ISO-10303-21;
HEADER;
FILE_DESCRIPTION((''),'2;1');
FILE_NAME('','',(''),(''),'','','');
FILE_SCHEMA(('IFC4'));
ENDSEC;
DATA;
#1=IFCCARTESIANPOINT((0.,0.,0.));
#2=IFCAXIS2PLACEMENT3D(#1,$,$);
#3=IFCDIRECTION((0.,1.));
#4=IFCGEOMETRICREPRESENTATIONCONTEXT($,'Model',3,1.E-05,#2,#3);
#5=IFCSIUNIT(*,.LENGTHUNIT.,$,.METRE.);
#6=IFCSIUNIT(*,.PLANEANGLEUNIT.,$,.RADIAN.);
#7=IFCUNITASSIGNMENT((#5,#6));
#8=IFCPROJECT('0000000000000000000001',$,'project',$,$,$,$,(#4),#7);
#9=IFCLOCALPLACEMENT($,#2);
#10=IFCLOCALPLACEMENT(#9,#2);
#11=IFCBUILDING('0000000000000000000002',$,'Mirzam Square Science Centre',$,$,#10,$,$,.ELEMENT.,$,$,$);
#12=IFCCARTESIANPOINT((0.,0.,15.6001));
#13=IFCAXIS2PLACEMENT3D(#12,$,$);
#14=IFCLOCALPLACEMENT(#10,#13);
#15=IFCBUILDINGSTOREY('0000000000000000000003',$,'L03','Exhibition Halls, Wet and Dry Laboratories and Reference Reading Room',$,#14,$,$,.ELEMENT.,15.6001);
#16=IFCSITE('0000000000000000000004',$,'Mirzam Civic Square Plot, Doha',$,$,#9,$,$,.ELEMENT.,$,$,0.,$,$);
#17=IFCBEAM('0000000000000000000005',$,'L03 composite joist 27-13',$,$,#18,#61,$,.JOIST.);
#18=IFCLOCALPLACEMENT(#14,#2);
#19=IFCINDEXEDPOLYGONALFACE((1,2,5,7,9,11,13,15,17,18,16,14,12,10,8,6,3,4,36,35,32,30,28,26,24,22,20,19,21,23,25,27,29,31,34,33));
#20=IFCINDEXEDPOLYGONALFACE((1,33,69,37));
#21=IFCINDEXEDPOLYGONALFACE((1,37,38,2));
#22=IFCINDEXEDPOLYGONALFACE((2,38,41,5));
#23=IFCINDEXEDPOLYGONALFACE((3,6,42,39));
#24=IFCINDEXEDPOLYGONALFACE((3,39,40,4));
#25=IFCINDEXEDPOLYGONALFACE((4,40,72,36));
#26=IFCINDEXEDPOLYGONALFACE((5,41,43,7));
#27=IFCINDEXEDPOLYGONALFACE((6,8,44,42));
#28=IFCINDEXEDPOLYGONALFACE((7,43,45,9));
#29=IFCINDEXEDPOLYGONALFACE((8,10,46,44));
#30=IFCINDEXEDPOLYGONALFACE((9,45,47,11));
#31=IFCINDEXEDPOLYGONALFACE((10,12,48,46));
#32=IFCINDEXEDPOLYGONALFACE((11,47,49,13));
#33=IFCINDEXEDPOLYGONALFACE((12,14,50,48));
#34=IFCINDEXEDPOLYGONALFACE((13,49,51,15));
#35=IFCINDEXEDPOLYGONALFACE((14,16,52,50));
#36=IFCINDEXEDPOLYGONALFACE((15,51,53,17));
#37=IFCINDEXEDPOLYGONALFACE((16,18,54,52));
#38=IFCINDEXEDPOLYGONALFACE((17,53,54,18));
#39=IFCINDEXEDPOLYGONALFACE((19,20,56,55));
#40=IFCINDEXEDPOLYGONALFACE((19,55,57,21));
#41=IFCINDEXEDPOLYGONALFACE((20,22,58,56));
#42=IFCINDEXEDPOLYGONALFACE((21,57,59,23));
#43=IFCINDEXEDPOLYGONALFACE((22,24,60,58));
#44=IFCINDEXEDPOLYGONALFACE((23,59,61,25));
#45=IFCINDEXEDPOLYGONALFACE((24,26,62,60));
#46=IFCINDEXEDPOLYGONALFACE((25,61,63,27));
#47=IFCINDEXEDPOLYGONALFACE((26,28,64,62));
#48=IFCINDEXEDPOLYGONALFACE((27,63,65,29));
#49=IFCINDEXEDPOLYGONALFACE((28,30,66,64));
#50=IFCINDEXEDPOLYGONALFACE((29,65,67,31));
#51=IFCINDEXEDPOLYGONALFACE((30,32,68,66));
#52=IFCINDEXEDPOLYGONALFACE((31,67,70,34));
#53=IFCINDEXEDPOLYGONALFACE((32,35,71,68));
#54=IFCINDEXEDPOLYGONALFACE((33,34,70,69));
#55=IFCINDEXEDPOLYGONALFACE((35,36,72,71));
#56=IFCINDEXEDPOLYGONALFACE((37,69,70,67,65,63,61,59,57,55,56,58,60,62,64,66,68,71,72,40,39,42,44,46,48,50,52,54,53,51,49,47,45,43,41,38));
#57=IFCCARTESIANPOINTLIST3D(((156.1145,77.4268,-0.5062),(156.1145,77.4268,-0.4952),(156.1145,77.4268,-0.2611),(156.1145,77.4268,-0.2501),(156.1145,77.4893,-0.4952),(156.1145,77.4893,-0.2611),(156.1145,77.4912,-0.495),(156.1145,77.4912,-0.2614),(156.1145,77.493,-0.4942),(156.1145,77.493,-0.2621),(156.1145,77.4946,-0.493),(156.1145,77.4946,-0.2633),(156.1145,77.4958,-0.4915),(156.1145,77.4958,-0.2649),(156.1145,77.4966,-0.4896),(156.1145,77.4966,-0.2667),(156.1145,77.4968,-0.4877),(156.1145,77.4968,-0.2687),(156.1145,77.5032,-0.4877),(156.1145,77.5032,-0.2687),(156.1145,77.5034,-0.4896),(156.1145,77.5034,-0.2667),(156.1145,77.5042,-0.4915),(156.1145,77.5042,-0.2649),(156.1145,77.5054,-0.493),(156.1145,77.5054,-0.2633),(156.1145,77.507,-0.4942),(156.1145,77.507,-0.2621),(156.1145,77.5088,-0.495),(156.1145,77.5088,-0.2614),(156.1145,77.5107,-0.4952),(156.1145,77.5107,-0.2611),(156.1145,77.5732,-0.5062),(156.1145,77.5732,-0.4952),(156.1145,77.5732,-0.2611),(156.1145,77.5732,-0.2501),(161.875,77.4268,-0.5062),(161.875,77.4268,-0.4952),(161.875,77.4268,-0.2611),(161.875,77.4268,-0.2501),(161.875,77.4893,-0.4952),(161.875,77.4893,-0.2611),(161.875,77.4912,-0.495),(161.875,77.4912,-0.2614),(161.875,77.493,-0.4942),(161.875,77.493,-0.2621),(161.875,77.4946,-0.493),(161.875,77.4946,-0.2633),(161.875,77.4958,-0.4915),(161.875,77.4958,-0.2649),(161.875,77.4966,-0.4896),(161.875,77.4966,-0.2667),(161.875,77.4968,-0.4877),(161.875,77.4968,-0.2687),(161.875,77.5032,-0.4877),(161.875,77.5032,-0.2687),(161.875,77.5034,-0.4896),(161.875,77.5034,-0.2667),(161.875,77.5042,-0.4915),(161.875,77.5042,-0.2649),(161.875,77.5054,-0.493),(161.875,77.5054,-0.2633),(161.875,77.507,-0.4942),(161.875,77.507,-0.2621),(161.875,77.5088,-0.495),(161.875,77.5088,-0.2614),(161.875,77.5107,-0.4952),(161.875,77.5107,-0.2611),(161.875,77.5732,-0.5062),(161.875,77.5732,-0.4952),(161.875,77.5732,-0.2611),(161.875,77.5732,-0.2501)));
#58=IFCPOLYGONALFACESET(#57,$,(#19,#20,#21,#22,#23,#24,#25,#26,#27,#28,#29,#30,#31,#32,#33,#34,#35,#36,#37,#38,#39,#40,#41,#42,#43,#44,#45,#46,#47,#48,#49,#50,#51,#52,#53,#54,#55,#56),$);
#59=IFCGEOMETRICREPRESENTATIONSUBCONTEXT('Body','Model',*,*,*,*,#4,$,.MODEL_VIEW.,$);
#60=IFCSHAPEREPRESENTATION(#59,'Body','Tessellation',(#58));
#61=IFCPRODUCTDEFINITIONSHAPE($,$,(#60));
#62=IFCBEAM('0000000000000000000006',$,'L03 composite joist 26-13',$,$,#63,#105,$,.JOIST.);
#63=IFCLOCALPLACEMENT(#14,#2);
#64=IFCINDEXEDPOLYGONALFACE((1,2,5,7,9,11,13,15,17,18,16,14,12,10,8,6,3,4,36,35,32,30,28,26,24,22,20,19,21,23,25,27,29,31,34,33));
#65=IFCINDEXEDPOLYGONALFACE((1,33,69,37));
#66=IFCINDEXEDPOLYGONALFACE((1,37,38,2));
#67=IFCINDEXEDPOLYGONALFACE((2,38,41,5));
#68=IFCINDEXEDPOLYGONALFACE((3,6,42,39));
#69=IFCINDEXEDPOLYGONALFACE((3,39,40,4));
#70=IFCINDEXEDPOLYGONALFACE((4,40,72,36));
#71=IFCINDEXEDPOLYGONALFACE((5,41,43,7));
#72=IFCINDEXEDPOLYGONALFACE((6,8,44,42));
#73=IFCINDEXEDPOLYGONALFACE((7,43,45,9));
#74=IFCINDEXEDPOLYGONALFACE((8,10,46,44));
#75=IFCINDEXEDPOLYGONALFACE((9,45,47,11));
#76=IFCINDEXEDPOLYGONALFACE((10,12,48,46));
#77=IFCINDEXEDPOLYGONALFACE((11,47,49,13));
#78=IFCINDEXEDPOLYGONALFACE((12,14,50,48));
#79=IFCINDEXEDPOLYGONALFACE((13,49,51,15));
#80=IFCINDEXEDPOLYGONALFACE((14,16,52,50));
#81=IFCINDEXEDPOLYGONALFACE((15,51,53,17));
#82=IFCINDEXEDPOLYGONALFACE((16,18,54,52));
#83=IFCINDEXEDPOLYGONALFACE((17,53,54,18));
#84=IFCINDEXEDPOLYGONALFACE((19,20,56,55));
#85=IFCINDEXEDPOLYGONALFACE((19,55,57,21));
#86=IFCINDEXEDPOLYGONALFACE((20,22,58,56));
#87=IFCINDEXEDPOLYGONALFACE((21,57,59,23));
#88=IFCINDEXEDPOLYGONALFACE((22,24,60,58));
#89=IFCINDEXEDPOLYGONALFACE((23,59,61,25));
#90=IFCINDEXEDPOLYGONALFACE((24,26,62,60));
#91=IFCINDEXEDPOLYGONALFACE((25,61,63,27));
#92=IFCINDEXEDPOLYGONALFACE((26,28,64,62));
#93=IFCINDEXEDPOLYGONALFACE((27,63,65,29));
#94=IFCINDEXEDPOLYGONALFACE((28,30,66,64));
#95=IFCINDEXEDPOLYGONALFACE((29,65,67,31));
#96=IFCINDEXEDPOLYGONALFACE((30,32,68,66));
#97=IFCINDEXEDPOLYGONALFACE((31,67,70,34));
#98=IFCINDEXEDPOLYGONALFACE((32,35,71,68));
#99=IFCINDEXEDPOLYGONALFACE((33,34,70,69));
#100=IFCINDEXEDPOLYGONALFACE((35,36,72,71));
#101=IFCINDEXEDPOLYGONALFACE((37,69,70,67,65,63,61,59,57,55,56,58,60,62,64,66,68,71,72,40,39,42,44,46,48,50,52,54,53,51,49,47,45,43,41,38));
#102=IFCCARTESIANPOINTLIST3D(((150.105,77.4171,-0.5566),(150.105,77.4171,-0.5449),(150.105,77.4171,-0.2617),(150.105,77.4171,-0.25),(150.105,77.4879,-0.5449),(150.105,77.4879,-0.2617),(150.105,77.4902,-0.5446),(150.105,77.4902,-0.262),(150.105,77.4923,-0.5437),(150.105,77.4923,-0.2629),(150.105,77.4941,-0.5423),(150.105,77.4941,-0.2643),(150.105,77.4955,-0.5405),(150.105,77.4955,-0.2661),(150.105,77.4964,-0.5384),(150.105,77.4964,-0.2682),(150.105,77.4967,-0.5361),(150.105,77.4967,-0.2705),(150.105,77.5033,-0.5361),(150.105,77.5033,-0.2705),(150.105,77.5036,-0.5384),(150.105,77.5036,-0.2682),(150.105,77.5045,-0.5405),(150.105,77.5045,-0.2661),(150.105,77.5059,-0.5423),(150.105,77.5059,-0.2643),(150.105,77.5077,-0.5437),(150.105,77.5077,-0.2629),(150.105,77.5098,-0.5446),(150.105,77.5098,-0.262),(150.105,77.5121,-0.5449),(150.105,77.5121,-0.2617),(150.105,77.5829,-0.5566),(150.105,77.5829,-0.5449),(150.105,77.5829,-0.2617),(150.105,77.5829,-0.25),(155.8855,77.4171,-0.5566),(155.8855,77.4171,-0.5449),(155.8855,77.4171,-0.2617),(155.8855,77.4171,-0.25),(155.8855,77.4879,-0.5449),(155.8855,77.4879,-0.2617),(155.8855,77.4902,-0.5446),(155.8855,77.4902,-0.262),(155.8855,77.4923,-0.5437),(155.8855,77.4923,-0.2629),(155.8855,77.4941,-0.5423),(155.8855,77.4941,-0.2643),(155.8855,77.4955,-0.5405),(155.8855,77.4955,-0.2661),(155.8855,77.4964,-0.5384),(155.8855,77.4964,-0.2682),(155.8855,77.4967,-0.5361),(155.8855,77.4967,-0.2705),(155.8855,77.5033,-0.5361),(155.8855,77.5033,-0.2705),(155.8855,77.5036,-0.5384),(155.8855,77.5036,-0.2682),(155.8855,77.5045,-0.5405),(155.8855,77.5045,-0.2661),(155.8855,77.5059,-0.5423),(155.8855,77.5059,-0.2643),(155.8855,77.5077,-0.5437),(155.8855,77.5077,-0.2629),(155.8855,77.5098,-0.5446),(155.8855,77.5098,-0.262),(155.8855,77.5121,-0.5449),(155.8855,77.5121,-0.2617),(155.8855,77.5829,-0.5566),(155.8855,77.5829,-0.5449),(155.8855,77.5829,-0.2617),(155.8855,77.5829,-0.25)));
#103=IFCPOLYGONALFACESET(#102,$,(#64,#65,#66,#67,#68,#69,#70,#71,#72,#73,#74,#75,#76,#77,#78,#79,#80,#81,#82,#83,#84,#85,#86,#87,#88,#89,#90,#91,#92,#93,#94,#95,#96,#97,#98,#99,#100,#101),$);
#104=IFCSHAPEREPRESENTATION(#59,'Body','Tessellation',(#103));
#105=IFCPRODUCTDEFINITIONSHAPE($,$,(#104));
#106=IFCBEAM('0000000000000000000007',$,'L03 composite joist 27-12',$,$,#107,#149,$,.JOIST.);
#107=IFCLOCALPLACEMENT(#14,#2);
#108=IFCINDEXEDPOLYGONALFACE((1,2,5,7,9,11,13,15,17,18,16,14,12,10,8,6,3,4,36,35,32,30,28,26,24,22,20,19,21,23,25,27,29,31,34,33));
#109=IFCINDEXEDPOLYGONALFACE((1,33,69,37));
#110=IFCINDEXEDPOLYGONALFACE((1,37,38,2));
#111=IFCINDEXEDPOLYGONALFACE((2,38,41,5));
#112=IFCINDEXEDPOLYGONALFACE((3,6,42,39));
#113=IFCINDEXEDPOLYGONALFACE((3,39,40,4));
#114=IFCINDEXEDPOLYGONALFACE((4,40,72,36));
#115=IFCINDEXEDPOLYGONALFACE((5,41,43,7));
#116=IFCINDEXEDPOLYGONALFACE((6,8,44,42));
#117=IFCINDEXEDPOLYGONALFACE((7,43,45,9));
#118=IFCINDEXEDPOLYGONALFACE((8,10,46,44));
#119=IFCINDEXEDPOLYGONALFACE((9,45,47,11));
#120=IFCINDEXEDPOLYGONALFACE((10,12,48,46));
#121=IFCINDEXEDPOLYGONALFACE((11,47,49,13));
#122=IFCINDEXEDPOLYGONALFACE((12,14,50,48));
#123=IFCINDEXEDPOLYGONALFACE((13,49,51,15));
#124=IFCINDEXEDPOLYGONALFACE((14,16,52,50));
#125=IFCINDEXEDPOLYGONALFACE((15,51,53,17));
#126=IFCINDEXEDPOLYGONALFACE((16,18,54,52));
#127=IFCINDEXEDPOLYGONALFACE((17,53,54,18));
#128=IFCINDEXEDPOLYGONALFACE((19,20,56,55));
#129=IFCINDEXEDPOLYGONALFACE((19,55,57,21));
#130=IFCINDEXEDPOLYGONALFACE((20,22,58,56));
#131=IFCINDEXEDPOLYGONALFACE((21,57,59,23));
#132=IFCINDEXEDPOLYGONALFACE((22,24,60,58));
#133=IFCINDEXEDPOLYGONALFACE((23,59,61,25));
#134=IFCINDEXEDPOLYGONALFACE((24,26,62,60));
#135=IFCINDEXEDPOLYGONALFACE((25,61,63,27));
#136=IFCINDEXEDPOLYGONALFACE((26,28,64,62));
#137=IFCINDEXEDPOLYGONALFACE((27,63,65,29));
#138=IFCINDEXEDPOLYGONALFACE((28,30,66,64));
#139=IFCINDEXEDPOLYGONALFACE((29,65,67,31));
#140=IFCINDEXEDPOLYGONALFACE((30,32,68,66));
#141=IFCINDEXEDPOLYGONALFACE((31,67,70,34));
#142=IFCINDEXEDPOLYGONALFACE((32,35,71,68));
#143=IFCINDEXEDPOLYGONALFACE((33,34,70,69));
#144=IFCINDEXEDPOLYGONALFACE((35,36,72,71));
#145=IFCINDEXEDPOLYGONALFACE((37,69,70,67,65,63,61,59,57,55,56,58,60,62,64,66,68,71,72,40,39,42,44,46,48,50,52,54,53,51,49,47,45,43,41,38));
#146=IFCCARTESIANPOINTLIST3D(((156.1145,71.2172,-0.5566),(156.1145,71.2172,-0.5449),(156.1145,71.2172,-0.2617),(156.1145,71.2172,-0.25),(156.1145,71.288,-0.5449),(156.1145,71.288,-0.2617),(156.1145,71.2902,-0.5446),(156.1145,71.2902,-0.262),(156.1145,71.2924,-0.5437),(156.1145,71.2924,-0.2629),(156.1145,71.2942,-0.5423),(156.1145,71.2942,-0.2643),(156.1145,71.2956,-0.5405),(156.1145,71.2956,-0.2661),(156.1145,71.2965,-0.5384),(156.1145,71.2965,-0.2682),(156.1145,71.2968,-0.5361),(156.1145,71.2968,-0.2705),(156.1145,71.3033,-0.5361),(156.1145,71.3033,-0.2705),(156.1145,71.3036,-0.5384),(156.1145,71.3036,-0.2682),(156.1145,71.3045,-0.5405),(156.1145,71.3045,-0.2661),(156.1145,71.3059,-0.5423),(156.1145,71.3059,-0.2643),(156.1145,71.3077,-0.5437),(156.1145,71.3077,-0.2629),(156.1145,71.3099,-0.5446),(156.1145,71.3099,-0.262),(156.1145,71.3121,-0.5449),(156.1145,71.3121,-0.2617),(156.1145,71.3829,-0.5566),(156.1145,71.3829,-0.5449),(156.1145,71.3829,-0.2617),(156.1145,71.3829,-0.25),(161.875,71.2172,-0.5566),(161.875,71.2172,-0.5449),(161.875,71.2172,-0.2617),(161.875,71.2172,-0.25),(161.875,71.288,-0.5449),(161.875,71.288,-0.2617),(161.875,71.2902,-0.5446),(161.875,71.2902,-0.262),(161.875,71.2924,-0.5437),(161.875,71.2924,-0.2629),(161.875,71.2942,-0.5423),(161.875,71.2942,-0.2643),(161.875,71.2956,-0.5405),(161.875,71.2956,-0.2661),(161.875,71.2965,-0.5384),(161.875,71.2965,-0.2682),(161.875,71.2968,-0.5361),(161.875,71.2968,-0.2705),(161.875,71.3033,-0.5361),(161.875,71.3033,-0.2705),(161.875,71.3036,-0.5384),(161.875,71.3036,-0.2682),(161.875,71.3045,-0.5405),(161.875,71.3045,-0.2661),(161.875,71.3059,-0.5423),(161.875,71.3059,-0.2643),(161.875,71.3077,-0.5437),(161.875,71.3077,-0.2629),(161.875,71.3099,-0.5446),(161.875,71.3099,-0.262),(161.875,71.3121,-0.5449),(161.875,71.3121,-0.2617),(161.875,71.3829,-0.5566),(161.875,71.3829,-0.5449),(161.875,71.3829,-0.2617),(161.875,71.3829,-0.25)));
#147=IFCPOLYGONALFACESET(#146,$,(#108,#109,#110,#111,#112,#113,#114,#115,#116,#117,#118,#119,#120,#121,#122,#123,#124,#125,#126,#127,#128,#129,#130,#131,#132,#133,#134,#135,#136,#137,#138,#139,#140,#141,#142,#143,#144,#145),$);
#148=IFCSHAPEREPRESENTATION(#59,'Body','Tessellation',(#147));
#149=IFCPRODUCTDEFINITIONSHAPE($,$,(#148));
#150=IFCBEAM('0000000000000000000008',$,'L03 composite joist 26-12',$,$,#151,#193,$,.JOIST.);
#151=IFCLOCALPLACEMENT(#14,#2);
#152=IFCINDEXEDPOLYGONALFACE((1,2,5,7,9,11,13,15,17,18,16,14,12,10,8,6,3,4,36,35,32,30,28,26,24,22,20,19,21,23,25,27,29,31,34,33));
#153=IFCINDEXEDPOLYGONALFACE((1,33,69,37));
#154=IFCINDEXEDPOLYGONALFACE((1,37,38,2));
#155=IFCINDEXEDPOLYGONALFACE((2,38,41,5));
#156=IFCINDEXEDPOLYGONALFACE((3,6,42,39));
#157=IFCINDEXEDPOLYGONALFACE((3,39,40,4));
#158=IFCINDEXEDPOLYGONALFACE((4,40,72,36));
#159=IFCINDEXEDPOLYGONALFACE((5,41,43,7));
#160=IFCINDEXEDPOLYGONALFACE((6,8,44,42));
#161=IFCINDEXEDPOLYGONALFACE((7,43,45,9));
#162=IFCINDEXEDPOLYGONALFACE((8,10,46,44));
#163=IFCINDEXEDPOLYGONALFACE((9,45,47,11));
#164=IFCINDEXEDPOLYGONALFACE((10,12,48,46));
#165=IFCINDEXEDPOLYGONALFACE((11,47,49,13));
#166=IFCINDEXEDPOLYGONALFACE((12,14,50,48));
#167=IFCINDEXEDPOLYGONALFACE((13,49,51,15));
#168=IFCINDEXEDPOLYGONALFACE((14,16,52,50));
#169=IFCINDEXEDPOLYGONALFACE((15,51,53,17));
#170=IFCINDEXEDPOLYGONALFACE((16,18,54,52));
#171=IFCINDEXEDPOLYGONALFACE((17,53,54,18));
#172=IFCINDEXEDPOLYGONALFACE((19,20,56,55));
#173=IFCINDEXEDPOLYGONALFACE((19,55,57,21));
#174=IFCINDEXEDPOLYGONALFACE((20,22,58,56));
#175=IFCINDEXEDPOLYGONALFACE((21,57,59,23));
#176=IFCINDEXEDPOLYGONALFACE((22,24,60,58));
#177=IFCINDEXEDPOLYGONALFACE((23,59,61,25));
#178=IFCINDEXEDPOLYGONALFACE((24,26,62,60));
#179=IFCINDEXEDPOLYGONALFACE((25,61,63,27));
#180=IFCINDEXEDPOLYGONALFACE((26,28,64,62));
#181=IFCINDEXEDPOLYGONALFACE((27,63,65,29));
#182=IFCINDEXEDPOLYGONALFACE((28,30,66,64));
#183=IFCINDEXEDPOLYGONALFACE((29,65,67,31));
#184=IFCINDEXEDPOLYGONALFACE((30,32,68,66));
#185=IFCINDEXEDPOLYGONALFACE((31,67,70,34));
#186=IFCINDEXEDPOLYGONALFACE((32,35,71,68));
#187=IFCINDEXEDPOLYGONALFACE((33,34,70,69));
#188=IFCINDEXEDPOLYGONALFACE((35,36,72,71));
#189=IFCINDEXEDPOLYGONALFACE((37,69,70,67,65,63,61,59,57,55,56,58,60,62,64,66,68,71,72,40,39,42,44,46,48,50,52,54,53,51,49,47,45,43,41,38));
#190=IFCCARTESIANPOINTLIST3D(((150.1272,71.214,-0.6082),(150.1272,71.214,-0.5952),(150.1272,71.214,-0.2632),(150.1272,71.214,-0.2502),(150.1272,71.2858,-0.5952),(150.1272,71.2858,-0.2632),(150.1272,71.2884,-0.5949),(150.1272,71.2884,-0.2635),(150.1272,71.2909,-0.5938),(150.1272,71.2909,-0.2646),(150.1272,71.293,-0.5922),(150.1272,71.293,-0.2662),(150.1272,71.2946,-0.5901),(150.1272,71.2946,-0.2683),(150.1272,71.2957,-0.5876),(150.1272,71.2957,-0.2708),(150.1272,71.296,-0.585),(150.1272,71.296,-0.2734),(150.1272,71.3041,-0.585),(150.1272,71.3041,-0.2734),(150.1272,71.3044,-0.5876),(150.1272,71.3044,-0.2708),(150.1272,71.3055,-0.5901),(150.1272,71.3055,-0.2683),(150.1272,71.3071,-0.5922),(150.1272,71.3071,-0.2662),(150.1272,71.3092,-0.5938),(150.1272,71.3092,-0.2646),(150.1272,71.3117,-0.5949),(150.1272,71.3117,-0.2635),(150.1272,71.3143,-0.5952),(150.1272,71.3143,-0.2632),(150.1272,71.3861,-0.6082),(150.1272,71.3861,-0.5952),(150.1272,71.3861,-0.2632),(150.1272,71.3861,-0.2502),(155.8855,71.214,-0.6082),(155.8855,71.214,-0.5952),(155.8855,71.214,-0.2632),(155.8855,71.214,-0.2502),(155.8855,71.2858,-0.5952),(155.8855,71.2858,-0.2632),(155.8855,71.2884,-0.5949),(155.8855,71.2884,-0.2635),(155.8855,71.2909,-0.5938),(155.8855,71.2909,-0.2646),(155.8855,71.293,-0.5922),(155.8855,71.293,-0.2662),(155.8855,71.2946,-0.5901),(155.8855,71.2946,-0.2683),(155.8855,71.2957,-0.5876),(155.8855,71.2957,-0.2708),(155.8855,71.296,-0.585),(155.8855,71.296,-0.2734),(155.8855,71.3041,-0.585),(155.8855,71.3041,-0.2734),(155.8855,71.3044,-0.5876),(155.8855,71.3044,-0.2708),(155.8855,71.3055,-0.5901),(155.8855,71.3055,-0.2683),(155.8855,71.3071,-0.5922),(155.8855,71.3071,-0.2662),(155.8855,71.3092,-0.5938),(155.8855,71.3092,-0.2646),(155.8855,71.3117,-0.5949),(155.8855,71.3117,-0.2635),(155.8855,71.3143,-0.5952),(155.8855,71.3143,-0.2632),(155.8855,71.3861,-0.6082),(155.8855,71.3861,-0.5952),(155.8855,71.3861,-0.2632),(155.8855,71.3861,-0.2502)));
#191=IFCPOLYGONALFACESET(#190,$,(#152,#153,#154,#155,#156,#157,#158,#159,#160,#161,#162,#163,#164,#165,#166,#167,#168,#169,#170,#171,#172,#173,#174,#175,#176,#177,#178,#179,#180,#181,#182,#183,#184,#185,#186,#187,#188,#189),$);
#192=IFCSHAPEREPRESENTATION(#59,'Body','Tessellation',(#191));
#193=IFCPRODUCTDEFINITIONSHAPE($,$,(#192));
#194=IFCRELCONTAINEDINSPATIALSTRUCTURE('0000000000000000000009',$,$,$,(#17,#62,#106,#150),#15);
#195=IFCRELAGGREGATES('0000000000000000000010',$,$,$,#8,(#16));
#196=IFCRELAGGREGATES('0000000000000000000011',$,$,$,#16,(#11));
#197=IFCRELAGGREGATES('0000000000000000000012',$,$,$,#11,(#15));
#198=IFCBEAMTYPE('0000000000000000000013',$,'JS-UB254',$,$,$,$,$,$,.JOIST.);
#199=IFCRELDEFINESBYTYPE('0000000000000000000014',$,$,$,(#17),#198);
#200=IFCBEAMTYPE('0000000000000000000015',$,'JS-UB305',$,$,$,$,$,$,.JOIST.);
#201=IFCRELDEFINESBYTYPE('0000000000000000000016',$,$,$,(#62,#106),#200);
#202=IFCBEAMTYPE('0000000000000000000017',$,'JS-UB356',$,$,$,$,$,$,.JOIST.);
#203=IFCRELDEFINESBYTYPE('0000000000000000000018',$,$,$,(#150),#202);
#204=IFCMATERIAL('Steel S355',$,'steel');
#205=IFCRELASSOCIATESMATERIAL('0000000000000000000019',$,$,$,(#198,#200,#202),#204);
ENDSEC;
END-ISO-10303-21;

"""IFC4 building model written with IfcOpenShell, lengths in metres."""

from ifc_helpers import new_model, si_unit, direction, frame, origin, origin_2d, place, context, subcontext, project, spatial, i_section, extrude, material, material_profile, profile_set, type_object, element, save


model = new_model("IFC4")

# Units and contexts
model_context = context("Model", 3, precision=1e-05, world=origin(), true_north=direction((0.0, 1.0)))
body_context = subcontext(model_context, "Body", "Model", "MODEL_VIEW")
ifc_project = project(units=[si_unit("LENGTHUNIT", "METRE"), si_unit("PLANEANGLEUNIT", "RADIAN")], contexts=[model_context])

# Site, building, storey
site_placement = place(None, origin())
site = spatial("IfcSite", under=ifc_project, at=site_placement, Name="Mirzam Civic Square Plot, Doha", CompositionType="ELEMENT", RefElevation=0.0)
building_placement = place(site_placement, origin())
building = spatial("IfcBuilding", under=site, at=building_placement, Name="Mirzam Square Science Centre", CompositionType="ELEMENT")
storey_placement = place(building_placement, frame((0.0, 0.0, 15.6001)))
storey = spatial("IfcBuildingStorey", under=building, at=storey_placement, Name="L03", Description="Exhibition Halls, Wet and Dry Laboratories and Reference Reading Room", CompositionType="ELEMENT", Elevation=15.6001)

# Shared definitions
ifc_material_1 = material(Name="Steel S355", Category="steel")

# Beams
ifc_material_profile_1 = material_profile(ifc_material_1, i_section(OverallWidth=0.1465, OverallDepth=0.2561, WebThickness=0.0063, FlangeThickness=0.011, FilletRadius=0.0076, at=origin_2d()), Name="254x146x37UB")
ifc_profile_set_1 = profile_set([ifc_material_profile_1], Name="Steel S355")
beam_type_1 = type_object("IfcBeamType", Name="JS-UB254", PredefinedType="JOIST", material=ifc_profile_set_1)
beam_1_placement = place(storey_placement, frame((156.1145, 77.5, -0.3782), z_axis=(1.0, 0.0, 0.0), x_axis=(0.0, 1.0, 0.0)))
element("IfcBeam", 1, at=beam_1_placement, inside=storey, type_object=beam_type_1, Name="L03 composite joist 27-13", PredefinedType="JOIST", context=body_context, shape_type="SweptSolid", body=[
    extrude(i_section(OverallWidth=0.1465, OverallDepth=0.2561, WebThickness=0.0063, FlangeThickness=0.011, FilletRadius=0.0076, at=origin_2d()), origin(), (0.0, 0.0, 1.0), 5.7605),
])
ifc_material_profile_2 = material_profile(ifc_material_1, i_section(OverallWidth=0.1658, OverallDepth=0.3066, WebThickness=0.0066, FlangeThickness=0.0117, FilletRadius=0.0088, at=origin_2d()), Name="305x165x46UB")
ifc_profile_set_2 = profile_set([ifc_material_profile_2], Name="Steel S355")
beam_type_2 = type_object("IfcBeamType", Name="JS-UB305", PredefinedType="JOIST", material=ifc_profile_set_2)
beam_2_placement = place(storey_placement, frame((150.105, 77.5, -0.4033), z_axis=(1.0, 0.0, 0.0), x_axis=(0.0, 1.0, 0.0)))
element("IfcBeam", 2, at=beam_2_placement, inside=storey, type_object=beam_type_2, Name="L03 composite joist 26-13", PredefinedType="JOIST", context=body_context, shape_type="SweptSolid", body=[
    extrude(i_section(OverallWidth=0.1658, OverallDepth=0.3066, WebThickness=0.0066, FlangeThickness=0.0117, FilletRadius=0.0088, at=origin_2d()), origin(), (0.0, 0.0, 1.0), 5.7805),
])
beam_3_placement = place(storey_placement, frame((156.1145, 71.3, -0.4033), z_axis=(1.0, 0.0, 0.0), x_axis=(0.0, 1.0, 0.0)))
element("IfcBeam", 3, at=beam_3_placement, inside=storey, type_object=beam_type_2, Name="L03 composite joist 27-12", PredefinedType="JOIST", context=body_context, shape_type="SweptSolid", body=[
    extrude(i_section(OverallWidth=0.1658, OverallDepth=0.3066, WebThickness=0.0066, FlangeThickness=0.0117, FilletRadius=0.0088, at=origin_2d()), origin(), (0.0, 0.0, 1.0), 5.7605),
])
ifc_material_profile_3 = material_profile(ifc_material_1, i_section(OverallWidth=0.1721, OverallDepth=0.3579, WebThickness=0.0081, FlangeThickness=0.0129, FilletRadius=0.0103, at=origin_2d()), Name="356x171x57UB")
ifc_profile_set_3 = profile_set([ifc_material_profile_3], Name="Steel S355")
beam_type_3 = type_object("IfcBeamType", Name="JS-UB356", PredefinedType="JOIST", material=ifc_profile_set_3)
beam_4_placement = place(storey_placement, frame((150.1272, 71.3, -0.4292), z_axis=(1.0, 0.0, 0.0), x_axis=(0.0, 1.0, 0.0)))
element("IfcBeam", 4, at=beam_4_placement, inside=storey, type_object=beam_type_3, Name="L03 composite joist 26-12", PredefinedType="JOIST", context=body_context, shape_type="SweptSolid", body=[
    extrude(i_section(OverallWidth=0.1721, OverallDepth=0.3579, WebThickness=0.0081, FlangeThickness=0.0129, FilletRadius=0.0103, at=origin_2d()), origin(), (0.0, 0.0, 1.0), 5.7583),
])

save(model, "model.ifc")
